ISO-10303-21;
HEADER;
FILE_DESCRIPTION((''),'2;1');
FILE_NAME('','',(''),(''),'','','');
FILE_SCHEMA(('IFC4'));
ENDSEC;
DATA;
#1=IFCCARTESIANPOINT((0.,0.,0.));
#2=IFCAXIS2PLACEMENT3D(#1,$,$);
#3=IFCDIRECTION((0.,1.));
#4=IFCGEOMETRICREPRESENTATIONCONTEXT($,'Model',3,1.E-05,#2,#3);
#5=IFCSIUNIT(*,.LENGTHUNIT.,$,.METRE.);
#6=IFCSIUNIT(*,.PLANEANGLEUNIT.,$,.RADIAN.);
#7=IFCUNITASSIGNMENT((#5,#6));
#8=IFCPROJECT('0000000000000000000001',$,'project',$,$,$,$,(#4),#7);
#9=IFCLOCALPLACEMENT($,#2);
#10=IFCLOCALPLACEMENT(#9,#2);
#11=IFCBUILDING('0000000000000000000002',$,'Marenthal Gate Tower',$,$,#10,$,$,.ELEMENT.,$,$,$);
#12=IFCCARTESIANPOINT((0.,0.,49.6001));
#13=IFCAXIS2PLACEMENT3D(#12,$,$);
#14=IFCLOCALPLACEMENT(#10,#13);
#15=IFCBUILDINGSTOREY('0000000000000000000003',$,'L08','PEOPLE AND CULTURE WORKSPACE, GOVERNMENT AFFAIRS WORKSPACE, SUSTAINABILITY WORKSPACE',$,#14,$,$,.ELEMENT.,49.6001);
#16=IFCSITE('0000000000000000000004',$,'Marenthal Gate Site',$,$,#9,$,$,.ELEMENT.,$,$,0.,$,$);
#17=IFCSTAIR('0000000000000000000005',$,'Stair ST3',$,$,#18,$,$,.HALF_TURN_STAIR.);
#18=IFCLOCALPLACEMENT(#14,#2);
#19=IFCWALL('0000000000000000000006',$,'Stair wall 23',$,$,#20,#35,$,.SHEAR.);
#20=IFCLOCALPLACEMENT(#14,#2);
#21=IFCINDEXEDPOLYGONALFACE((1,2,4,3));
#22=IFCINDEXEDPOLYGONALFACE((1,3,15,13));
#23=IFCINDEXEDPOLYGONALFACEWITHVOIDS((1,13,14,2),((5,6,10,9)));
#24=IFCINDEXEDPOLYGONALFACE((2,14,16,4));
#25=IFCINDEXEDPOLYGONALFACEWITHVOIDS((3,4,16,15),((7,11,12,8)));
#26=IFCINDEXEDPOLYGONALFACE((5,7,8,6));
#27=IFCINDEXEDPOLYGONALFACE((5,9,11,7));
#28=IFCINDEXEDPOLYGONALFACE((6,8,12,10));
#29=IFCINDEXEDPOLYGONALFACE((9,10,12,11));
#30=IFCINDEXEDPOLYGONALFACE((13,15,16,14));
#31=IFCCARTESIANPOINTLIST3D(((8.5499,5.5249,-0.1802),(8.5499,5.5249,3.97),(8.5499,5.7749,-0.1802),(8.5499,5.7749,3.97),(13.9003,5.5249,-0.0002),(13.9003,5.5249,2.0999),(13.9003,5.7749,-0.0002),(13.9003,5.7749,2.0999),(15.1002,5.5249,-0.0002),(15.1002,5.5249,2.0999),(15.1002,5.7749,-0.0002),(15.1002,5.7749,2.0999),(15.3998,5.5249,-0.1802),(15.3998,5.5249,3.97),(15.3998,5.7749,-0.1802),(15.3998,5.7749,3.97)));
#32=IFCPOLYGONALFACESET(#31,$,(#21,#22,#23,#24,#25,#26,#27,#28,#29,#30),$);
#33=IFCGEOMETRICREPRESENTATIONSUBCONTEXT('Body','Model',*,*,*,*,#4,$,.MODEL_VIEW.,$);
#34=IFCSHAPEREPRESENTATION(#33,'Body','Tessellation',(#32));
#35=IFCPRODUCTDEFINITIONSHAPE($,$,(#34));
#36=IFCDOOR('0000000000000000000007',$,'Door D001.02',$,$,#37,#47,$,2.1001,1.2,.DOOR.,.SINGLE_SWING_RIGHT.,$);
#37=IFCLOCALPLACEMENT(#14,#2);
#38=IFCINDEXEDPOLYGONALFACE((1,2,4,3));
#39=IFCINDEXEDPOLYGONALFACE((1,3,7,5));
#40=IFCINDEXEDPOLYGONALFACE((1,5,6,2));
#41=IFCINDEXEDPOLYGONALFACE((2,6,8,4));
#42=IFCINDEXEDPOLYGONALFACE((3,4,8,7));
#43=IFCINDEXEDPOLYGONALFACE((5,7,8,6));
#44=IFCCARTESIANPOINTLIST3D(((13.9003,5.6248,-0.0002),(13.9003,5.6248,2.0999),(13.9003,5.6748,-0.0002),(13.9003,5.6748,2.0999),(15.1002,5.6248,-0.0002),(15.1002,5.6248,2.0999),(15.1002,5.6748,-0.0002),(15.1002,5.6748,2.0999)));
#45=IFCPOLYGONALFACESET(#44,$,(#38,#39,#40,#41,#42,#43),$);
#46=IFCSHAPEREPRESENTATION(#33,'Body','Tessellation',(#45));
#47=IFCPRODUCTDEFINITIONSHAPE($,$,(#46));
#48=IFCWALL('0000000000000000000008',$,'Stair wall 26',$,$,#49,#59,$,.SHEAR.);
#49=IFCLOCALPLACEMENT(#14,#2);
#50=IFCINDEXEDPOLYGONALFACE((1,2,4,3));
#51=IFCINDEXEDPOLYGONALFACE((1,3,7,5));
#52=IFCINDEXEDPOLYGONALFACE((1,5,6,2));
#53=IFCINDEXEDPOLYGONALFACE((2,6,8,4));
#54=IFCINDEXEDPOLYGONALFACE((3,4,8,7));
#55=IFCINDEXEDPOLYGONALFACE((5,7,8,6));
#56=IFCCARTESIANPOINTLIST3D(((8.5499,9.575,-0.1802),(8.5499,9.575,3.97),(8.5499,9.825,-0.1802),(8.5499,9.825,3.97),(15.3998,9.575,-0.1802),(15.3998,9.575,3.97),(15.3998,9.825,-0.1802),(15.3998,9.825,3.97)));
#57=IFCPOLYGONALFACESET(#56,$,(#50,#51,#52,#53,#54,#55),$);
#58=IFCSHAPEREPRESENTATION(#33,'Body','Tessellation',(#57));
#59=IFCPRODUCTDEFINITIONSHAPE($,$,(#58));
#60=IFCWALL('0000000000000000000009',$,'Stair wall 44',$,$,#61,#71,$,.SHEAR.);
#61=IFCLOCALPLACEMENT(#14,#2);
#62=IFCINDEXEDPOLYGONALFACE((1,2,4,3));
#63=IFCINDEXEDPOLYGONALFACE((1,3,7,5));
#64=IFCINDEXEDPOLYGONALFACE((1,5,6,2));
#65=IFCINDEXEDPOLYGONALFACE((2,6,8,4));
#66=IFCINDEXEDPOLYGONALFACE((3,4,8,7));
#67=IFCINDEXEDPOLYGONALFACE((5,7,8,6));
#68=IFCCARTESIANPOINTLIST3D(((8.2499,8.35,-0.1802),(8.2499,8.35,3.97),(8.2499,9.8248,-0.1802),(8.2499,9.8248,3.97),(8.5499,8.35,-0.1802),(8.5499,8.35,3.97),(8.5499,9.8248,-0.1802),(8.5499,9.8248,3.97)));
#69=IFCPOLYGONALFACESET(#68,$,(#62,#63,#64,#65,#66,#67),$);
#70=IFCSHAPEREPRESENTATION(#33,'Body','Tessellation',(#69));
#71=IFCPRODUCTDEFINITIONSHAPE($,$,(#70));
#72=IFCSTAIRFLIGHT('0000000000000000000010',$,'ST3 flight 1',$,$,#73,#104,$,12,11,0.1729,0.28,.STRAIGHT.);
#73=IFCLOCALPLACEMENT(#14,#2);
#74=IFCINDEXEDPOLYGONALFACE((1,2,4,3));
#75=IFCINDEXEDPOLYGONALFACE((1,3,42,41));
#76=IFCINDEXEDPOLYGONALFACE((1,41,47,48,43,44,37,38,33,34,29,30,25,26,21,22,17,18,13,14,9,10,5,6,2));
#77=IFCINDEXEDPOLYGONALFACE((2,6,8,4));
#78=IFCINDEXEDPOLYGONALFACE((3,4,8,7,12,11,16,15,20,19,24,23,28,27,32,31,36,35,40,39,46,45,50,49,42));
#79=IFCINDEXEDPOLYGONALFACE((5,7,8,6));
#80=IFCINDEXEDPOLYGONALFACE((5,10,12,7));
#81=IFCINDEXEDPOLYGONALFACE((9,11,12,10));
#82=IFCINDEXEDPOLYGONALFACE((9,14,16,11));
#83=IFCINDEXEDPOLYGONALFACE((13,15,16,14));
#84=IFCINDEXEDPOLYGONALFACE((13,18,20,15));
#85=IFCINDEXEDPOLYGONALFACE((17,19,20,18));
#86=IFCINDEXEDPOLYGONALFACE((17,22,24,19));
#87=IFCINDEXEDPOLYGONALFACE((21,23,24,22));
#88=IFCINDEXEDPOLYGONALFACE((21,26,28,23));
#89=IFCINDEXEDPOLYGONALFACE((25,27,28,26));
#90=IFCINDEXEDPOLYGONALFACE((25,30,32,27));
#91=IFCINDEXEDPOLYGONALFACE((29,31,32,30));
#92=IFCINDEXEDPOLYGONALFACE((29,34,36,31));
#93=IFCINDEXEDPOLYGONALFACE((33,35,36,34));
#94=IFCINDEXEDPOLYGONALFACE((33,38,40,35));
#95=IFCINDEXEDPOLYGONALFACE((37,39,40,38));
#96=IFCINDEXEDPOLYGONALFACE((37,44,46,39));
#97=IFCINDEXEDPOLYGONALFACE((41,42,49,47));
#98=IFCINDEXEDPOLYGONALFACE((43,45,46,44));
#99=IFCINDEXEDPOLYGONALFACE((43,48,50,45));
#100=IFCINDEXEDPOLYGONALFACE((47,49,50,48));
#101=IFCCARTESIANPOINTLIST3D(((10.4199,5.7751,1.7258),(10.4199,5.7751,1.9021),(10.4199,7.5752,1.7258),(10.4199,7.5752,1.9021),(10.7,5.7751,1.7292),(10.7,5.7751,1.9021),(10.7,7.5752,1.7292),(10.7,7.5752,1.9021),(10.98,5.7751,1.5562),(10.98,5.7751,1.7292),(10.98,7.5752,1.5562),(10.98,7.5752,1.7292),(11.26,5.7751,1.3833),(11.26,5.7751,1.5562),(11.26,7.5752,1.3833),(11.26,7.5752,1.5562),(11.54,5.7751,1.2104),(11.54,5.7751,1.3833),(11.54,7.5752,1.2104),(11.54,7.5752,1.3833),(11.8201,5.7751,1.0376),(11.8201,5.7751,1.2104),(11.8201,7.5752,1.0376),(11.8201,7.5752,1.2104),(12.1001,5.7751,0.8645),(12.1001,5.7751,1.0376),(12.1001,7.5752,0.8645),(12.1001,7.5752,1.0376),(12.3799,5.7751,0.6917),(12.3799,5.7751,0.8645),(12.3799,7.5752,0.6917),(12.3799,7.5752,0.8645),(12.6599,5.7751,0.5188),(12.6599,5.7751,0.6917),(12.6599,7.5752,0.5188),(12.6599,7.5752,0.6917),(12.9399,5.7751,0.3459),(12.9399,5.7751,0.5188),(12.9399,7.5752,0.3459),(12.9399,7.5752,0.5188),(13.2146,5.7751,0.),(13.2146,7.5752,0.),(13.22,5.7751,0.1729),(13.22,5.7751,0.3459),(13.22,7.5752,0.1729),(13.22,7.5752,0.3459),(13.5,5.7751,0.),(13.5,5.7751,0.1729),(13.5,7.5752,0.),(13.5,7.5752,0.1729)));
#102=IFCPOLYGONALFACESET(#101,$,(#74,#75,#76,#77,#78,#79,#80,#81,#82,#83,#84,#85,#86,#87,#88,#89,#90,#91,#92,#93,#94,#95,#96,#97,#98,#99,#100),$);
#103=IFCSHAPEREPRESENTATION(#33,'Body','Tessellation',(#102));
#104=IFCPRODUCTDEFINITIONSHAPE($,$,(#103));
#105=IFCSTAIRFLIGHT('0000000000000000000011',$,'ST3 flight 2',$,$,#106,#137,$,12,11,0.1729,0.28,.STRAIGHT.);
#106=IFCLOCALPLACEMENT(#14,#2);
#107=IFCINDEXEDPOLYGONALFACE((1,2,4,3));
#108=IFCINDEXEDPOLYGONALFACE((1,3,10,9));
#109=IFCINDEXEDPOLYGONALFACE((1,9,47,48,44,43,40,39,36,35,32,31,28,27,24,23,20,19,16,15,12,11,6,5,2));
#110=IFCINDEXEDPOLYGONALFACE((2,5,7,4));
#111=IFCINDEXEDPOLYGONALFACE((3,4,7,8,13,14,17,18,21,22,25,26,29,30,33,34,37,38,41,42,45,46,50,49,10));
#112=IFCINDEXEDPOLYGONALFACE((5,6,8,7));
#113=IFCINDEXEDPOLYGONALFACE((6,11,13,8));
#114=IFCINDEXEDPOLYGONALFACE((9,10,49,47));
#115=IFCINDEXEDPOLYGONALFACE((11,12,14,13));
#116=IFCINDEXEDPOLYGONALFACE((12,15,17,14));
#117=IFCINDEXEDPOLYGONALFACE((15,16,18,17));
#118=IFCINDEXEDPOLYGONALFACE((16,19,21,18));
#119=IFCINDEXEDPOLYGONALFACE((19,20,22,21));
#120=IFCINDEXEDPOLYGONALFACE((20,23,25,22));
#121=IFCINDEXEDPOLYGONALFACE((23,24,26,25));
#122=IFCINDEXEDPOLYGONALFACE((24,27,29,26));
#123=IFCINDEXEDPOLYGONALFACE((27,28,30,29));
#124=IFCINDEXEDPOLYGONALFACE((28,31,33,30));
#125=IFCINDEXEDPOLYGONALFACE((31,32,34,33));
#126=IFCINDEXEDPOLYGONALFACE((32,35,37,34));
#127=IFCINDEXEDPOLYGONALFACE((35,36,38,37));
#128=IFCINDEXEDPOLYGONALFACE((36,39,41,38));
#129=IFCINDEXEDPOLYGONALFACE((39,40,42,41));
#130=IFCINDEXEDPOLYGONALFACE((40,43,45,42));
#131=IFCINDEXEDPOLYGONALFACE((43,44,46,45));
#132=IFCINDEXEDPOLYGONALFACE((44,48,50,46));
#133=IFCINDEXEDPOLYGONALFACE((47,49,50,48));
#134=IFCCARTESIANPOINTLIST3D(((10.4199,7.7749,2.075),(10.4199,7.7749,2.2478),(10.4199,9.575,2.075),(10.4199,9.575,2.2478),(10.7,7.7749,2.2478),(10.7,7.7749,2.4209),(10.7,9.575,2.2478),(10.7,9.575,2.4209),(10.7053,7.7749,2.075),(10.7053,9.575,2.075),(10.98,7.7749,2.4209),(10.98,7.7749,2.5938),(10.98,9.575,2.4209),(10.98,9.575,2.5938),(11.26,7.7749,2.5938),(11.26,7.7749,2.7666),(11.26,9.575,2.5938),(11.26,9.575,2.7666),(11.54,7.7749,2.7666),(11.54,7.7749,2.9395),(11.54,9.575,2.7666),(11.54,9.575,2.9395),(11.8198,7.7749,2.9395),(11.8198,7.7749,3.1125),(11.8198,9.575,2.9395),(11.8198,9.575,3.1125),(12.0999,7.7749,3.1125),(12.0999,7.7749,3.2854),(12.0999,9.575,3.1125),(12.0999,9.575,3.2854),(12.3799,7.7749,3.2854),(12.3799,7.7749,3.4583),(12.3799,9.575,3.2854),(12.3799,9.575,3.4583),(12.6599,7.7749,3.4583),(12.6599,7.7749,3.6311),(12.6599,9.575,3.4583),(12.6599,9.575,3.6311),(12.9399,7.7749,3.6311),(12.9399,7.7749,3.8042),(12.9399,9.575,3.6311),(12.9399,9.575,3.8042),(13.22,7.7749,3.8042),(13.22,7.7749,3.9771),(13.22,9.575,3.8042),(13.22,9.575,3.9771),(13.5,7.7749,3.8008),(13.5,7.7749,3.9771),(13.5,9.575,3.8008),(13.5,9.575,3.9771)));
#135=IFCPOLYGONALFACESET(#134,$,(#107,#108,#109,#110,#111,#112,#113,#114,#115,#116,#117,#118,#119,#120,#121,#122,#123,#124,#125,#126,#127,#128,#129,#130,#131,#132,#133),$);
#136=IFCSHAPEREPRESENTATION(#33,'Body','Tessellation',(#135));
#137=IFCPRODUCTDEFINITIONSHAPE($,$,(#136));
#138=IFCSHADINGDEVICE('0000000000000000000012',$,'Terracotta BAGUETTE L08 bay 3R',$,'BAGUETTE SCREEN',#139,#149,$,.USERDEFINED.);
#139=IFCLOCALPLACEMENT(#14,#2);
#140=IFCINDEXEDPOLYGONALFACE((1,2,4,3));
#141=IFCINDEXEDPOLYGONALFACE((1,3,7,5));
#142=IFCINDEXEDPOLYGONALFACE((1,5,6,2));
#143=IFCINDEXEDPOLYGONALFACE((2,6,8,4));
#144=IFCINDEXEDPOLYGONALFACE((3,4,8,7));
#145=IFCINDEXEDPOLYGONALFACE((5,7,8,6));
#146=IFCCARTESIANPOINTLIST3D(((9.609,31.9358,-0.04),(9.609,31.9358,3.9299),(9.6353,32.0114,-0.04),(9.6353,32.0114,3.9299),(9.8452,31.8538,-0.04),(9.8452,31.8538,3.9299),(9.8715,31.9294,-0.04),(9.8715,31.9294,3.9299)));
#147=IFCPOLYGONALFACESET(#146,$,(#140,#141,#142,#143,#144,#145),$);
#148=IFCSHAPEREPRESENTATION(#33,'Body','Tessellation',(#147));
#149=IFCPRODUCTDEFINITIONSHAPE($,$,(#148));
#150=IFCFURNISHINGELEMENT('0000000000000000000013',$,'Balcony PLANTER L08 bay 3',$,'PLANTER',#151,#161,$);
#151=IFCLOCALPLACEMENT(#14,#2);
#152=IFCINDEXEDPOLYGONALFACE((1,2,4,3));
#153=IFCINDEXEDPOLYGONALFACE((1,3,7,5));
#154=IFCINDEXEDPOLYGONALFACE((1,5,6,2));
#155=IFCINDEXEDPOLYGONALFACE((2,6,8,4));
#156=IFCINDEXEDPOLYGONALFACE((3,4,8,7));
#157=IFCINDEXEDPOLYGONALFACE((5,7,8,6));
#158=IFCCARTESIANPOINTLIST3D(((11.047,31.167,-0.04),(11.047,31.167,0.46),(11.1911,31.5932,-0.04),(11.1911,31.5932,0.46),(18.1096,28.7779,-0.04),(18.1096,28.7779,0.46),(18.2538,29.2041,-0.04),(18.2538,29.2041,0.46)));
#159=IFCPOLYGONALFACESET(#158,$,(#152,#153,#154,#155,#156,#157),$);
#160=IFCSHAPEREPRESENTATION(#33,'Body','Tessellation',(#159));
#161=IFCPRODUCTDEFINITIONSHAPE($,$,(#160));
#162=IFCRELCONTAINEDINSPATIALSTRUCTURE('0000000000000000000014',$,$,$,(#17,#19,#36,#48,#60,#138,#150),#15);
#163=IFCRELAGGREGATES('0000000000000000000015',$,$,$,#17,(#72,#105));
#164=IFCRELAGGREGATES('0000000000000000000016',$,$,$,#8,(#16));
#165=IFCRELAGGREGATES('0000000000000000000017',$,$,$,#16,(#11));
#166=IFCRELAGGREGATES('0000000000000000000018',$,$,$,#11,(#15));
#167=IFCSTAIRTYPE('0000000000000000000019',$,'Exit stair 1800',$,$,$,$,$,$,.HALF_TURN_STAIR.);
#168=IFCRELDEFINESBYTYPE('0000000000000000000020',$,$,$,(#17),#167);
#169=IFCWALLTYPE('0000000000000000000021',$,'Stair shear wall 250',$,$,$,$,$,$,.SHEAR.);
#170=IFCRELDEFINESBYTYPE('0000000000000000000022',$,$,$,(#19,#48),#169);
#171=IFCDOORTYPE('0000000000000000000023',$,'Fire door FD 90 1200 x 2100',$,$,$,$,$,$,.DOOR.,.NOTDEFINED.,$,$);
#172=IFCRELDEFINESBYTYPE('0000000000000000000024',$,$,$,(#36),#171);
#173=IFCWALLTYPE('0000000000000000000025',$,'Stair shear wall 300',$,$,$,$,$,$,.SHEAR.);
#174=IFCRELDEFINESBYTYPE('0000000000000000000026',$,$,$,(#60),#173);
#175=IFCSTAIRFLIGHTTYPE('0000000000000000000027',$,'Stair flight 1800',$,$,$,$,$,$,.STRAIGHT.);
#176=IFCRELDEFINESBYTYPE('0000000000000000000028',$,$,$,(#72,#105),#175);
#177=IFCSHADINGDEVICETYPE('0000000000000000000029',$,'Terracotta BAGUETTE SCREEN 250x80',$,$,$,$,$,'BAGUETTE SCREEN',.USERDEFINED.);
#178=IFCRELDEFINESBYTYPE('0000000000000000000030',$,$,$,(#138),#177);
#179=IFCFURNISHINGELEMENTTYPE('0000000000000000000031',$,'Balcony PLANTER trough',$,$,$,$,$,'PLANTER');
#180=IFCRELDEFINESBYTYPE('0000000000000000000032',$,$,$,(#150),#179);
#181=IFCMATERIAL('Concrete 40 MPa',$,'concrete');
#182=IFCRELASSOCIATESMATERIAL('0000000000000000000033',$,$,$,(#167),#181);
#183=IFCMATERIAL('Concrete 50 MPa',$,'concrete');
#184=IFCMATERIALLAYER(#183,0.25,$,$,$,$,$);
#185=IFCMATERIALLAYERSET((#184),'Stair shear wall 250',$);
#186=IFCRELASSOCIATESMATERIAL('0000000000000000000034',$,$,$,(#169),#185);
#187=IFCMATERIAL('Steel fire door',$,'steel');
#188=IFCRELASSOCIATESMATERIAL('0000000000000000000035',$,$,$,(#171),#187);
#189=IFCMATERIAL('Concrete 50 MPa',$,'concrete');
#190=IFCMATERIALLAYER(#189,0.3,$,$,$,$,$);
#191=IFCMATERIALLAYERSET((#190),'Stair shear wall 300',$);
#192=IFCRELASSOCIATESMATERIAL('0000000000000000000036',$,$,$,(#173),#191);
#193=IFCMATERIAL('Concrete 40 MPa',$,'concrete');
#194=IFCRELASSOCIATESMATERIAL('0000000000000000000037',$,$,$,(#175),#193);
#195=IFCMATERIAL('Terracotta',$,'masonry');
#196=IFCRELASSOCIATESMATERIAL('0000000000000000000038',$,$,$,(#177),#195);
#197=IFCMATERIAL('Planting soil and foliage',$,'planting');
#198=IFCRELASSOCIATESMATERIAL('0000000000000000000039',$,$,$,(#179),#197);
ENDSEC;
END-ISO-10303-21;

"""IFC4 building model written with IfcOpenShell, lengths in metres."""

from ifc_helpers import new_model, si_unit, direction, frame, frame_2d, origin, origin_2d, place, context, subcontext, project, spatial, polyline, rectangle, outline, extrude, material, layer, layer_set, material_profile, profile_set, type_object, element, fill, aggregate, save


model = new_model("IFC4")

# Units and contexts
model_context = context("Model", 3, precision=1e-05, world=origin(), true_north=direction((0.0, 1.0)))
body_context = subcontext(model_context, "Body", "Model", "MODEL_VIEW")
ifc_project = project(units=[si_unit("LENGTHUNIT", "METRE"), si_unit("PLANEANGLEUNIT", "RADIAN")], contexts=[model_context])

# Site, building, storey
site_placement = place(None, origin())
site = spatial("IfcSite", under=ifc_project, at=site_placement, Name="Marenthal Gate Site", CompositionType="ELEMENT", RefElevation=0.0)
building_placement = place(site_placement, origin())
building = spatial("IfcBuilding", under=site, at=building_placement, Name="Marenthal Gate Tower", CompositionType="ELEMENT")
storey_placement = place(building_placement, frame((0.0, 0.0, 49.6001)))
storey = spatial("IfcBuildingStorey", under=building, at=storey_placement, Name="L08", Description="PEOPLE AND CULTURE WORKSPACE, GOVERNMENT AFFAIRS WORKSPACE, SUSTAINABILITY WORKSPACE", CompositionType="ELEMENT", Elevation=49.6001)

# Stair
ifc_material_1 = material(Name="Concrete 40 MPa", Category="concrete")
stair_type = type_object("IfcStairType", Name="Exit stair 1800", PredefinedType="HALF_TURN_STAIR", material=ifc_material_1)
stair_1_placement = place(storey_placement, origin())
stair_1 = element("IfcStair", 1, at=stair_1_placement, inside=storey, type_object=stair_type, Name="Stair ST3", PredefinedType="HALF_TURN_STAIR")

# Wall, opening, door
ifc_material_2 = material(Name="Concrete 50 MPa", Category="concrete")
ifc_layer_1 = layer(ifc_material_2, 0.25)
ifc_layer_set_1 = layer_set([ifc_layer_1], Name="Stair shear wall 250")
wall_type_1 = type_object("IfcWallType", Name="Stair shear wall 250", PredefinedType="SHEAR", material=ifc_layer_set_1)
wall_1_placement = place(storey_placement, frame((8.55, 5.6499, -0.1802), z_axis=(0.0, 0.0, 1.0), x_axis=(1.0, 0.0, 0.0)))
wall_1 = element("IfcWall", 2, at=wall_1_placement, inside=storey, type_object=wall_type_1, Name="Stair wall 23", PredefinedType="SHEAR", context=body_context, shape_type="SweptSolid", body=[
    extrude(rectangle(XDim=6.8499, YDim=0.25, at=frame_2d((3.4248, 0.0))), origin(), (0.0, 0.0, 1.0), 4.1501),
])
opening_1_placement = place(wall_1_placement, frame((5.3501, 0.0, 0.1799)))
opening_1 = element("IfcOpeningElement", 3, at=opening_1_placement, cuts=wall_1, PredefinedType="OPENING", context=body_context, shape_type="SweptSolid", body=[
    extrude(rectangle(XDim=1.2, YDim=2.1001, at=frame_2d((0.6001, 1.05))), frame((0.0, 0.135, 0.0), z_axis=(0.0, -1.0, 0.0), x_axis=(1.0, 0.0, 0.0)), (0.0, 0.0, 1.0), 0.27),
])
ifc_material_3 = material(Name="Steel fire door", Category="steel")
door_type_1 = type_object("IfcDoorType", Name="Fire door FD 90 1200 x 2100", OperationType="NOTDEFINED", PredefinedType="DOOR", material=ifc_material_3)
door_1_placement = place(opening_1_placement, origin())
door_1 = element("IfcDoor", 4, at=door_1_placement, inside=storey, type_object=door_type_1, Name="Door D001.02", OperationType="SINGLE_SWING_RIGHT", OverallHeight=2.1001, OverallWidth=1.2, PredefinedType="DOOR", context=body_context, shape_type="SweptSolid", body=[
    extrude(rectangle(XDim=1.2, YDim=2.1001, at=frame_2d((0.6001, 1.05))), frame((0.0, 0.0249, 0.0), z_axis=(0.0, -1.0, 0.0), x_axis=(1.0, 0.0, 0.0)), (0.0, 0.0, 1.0), 0.05),
])
fill(opening_1, door_1)

# Walls
wall_2_placement = place(storey_placement, frame((8.55, 9.7, -0.1802), z_axis=(0.0, 0.0, 1.0), x_axis=(1.0, 0.0, 0.0)))
element("IfcWall", 5, at=wall_2_placement, inside=storey, type_object=wall_type_1, Name="Stair wall 26", PredefinedType="SHEAR", context=body_context, shape_type="SweptSolid", body=[
    extrude(rectangle(XDim=6.8499, YDim=0.25, at=frame_2d((3.4248, 0.0))), origin(), (0.0, 0.0, 1.0), 4.1501),
])
ifc_material_4 = material(Name="Concrete 50 MPa", Category="concrete")
ifc_layer_2 = layer(ifc_material_4, 0.3)
ifc_layer_set_2 = layer_set([ifc_layer_2], Name="Stair shear wall 300")
wall_type_2 = type_object("IfcWallType", Name="Stair shear wall 300", PredefinedType="SHEAR", material=ifc_layer_set_2)
wall_3_placement = place(storey_placement, frame((8.3999, 8.3501, -0.1802), z_axis=(0.0, 0.0, 1.0), x_axis=(0.0, 1.0, 0.0)))
element("IfcWall", 6, at=wall_3_placement, inside=storey, type_object=wall_type_2, Name="Stair wall 44", PredefinedType="SHEAR", context=body_context, shape_type="SweptSolid", body=[
    extrude(rectangle(XDim=1.4749, YDim=0.3, at=frame_2d((0.7373, 0.0))), origin(), (0.0, 0.0, 1.0), 4.1501),
])

# Stair flights
ifc_material_5 = material(Name="Concrete 40 MPa", Category="concrete")
stair_flight_type = type_object("IfcStairFlightType", Name="Stair flight 1800", PredefinedType="STRAIGHT", material=ifc_material_5)
stair_flight_1_placement = place(storey_placement, frame((13.5, 6.675, 0.0), z_axis=(0.0, 0.0, 1.0), x_axis=(-1.0, 0.0, 0.0)))
stair_flight_1 = element("IfcStairFlight", 7, at=stair_flight_1_placement, type_object=stair_flight_type, Name="ST3 flight 1", NumberOfRisers=12, NumberOfTreads=11, PredefinedType="STRAIGHT", RiserHeight=0.1729, TreadLength=0.28, context=body_context, shape_type="SweptSolid", body=[
    extrude(outline(polyline([(0.0, 0.0), (0.0, 0.1729), (0.28, 0.1729), (0.28, 0.3459), (0.5601, 0.3459), (0.5601, 0.5188), (0.8401, 0.5188), (0.8401, 0.6917), (1.1201, 0.6917), (1.1201, 0.8645), (1.3999, 0.8645), (1.3999, 1.0376), (1.6799, 1.0376), (1.6799, 1.2104), (1.96, 1.2104), (1.96, 1.3833), (2.24, 1.3833), (2.24, 1.5562), (2.52, 1.5562), (2.52, 1.7292), (2.8, 1.7292), (2.8, 1.9021), (3.0801, 1.9021), (3.0801, 2.075), (3.0801, 1.7258), (0.2854, 0.0), (0.0, 0.0)])), frame((0.0, 0.8999, 0.0), z_axis=(0.0, -1.0, 0.0), x_axis=(1.0, 0.0, 0.0)), (0.0, 0.0, 1.0), 1.8),
])
stair_flight_2_placement = place(storey_placement, frame((10.4199, 8.675, 2.075), z_axis=(0.0, 0.0, 1.0), x_axis=(1.0, 0.0, 0.0)))
stair_flight_2 = element("IfcStairFlight", 8, at=stair_flight_2_placement, type_object=stair_flight_type, Name="ST3 flight 2", NumberOfRisers=12, NumberOfTreads=11, PredefinedType="STRAIGHT", RiserHeight=0.1729, TreadLength=0.28, context=body_context, shape_type="SweptSolid", body=[
    extrude(outline(polyline([(0.0, 0.0), (0.0, 0.1729), (0.28, 0.1729), (0.28, 0.3459), (0.5601, 0.3459), (0.5601, 0.5188), (0.8401, 0.5188), (0.8401, 0.6917), (1.1201, 0.6917), (1.1201, 0.8645), (1.3999, 0.8645), (1.3999, 1.0376), (1.6799, 1.0376), (1.6799, 1.2104), (1.96, 1.2104), (1.96, 1.3833), (2.24, 1.3833), (2.24, 1.5562), (2.52, 1.5562), (2.52, 1.7292), (2.8, 1.7292), (2.8, 1.9021), (3.0801, 1.9021), (3.0801, 2.075), (3.0801, 1.7258), (0.2854, 0.0), (0.0, 0.0)])), frame((0.0, 0.8999, 0.0), z_axis=(0.0, -1.0, 0.0), x_axis=(1.0, 0.0, 0.0)), (0.0, 0.0, 1.0), 1.8),
])
aggregate(stair_1, [stair_flight_1, stair_flight_2])

# Shading device
ifc_material_6 = material(Name="Terracotta", Category="masonry")
ifc_material_profile_1 = material_profile(ifc_material_6, rectangle(XDim=0.25, YDim=0.0801, at=origin_2d()), Name="Terracotta baguette 250x80")
ifc_profile_set_1 = profile_set([ifc_material_profile_1], Name="Terracotta")
shading_device_type = type_object("IfcShadingDeviceType", Name="Terracotta BAGUETTE SCREEN 250x80", ElementType="BAGUETTE SCREEN", PredefinedType="USERDEFINED", material=ifc_profile_set_1)
shading_device_placement = place(storey_placement, frame((9.7402, 31.9326, -0.04), z_axis=(0.0, 0.0, 1.0), x_axis=(-0.944691, 0.327963, 0.0)))
element("IfcShadingDevice", 9, at=shading_device_placement, inside=storey, type_object=shading_device_type, Name="Terracotta BAGUETTE L08 bay 3R", ObjectType="BAGUETTE SCREEN", PredefinedType="USERDEFINED", context=body_context, shape_type="SweptSolid", body=[
    extrude(rectangle(XDim=0.25, YDim=0.0801, at=origin_2d()), origin(), (0.0, 0.0, 1.0), 3.97),
])

# Furnishing element
ifc_material_7 = material(Name="Planting soil and foliage", Category="planting")
furnishing_element_type = type_object("IfcFurnishingElementType", Name="Balcony PLANTER trough", ElementType="PLANTER", material=ifc_material_7)
furnishing_placement = place(storey_placement, frame((14.6504, 30.1855, -0.04), z_axis=(0.0, 0.0, 1.0), x_axis=(-0.947271, 0.320433, 0.0)))
element("IfcFurnishingElement", 10, at=furnishing_placement, inside=storey, type_object=furnishing_element_type, Name="Balcony PLANTER L08 bay 3", ObjectType="PLANTER", context=body_context, shape_type="SweptSolid", body=[
    extrude(rectangle(XDim=7.4558, YDim=0.45, at=origin_2d()), origin(), (0.0, 0.0, 1.0), 0.5),
])

save(model, "model.ifc")
